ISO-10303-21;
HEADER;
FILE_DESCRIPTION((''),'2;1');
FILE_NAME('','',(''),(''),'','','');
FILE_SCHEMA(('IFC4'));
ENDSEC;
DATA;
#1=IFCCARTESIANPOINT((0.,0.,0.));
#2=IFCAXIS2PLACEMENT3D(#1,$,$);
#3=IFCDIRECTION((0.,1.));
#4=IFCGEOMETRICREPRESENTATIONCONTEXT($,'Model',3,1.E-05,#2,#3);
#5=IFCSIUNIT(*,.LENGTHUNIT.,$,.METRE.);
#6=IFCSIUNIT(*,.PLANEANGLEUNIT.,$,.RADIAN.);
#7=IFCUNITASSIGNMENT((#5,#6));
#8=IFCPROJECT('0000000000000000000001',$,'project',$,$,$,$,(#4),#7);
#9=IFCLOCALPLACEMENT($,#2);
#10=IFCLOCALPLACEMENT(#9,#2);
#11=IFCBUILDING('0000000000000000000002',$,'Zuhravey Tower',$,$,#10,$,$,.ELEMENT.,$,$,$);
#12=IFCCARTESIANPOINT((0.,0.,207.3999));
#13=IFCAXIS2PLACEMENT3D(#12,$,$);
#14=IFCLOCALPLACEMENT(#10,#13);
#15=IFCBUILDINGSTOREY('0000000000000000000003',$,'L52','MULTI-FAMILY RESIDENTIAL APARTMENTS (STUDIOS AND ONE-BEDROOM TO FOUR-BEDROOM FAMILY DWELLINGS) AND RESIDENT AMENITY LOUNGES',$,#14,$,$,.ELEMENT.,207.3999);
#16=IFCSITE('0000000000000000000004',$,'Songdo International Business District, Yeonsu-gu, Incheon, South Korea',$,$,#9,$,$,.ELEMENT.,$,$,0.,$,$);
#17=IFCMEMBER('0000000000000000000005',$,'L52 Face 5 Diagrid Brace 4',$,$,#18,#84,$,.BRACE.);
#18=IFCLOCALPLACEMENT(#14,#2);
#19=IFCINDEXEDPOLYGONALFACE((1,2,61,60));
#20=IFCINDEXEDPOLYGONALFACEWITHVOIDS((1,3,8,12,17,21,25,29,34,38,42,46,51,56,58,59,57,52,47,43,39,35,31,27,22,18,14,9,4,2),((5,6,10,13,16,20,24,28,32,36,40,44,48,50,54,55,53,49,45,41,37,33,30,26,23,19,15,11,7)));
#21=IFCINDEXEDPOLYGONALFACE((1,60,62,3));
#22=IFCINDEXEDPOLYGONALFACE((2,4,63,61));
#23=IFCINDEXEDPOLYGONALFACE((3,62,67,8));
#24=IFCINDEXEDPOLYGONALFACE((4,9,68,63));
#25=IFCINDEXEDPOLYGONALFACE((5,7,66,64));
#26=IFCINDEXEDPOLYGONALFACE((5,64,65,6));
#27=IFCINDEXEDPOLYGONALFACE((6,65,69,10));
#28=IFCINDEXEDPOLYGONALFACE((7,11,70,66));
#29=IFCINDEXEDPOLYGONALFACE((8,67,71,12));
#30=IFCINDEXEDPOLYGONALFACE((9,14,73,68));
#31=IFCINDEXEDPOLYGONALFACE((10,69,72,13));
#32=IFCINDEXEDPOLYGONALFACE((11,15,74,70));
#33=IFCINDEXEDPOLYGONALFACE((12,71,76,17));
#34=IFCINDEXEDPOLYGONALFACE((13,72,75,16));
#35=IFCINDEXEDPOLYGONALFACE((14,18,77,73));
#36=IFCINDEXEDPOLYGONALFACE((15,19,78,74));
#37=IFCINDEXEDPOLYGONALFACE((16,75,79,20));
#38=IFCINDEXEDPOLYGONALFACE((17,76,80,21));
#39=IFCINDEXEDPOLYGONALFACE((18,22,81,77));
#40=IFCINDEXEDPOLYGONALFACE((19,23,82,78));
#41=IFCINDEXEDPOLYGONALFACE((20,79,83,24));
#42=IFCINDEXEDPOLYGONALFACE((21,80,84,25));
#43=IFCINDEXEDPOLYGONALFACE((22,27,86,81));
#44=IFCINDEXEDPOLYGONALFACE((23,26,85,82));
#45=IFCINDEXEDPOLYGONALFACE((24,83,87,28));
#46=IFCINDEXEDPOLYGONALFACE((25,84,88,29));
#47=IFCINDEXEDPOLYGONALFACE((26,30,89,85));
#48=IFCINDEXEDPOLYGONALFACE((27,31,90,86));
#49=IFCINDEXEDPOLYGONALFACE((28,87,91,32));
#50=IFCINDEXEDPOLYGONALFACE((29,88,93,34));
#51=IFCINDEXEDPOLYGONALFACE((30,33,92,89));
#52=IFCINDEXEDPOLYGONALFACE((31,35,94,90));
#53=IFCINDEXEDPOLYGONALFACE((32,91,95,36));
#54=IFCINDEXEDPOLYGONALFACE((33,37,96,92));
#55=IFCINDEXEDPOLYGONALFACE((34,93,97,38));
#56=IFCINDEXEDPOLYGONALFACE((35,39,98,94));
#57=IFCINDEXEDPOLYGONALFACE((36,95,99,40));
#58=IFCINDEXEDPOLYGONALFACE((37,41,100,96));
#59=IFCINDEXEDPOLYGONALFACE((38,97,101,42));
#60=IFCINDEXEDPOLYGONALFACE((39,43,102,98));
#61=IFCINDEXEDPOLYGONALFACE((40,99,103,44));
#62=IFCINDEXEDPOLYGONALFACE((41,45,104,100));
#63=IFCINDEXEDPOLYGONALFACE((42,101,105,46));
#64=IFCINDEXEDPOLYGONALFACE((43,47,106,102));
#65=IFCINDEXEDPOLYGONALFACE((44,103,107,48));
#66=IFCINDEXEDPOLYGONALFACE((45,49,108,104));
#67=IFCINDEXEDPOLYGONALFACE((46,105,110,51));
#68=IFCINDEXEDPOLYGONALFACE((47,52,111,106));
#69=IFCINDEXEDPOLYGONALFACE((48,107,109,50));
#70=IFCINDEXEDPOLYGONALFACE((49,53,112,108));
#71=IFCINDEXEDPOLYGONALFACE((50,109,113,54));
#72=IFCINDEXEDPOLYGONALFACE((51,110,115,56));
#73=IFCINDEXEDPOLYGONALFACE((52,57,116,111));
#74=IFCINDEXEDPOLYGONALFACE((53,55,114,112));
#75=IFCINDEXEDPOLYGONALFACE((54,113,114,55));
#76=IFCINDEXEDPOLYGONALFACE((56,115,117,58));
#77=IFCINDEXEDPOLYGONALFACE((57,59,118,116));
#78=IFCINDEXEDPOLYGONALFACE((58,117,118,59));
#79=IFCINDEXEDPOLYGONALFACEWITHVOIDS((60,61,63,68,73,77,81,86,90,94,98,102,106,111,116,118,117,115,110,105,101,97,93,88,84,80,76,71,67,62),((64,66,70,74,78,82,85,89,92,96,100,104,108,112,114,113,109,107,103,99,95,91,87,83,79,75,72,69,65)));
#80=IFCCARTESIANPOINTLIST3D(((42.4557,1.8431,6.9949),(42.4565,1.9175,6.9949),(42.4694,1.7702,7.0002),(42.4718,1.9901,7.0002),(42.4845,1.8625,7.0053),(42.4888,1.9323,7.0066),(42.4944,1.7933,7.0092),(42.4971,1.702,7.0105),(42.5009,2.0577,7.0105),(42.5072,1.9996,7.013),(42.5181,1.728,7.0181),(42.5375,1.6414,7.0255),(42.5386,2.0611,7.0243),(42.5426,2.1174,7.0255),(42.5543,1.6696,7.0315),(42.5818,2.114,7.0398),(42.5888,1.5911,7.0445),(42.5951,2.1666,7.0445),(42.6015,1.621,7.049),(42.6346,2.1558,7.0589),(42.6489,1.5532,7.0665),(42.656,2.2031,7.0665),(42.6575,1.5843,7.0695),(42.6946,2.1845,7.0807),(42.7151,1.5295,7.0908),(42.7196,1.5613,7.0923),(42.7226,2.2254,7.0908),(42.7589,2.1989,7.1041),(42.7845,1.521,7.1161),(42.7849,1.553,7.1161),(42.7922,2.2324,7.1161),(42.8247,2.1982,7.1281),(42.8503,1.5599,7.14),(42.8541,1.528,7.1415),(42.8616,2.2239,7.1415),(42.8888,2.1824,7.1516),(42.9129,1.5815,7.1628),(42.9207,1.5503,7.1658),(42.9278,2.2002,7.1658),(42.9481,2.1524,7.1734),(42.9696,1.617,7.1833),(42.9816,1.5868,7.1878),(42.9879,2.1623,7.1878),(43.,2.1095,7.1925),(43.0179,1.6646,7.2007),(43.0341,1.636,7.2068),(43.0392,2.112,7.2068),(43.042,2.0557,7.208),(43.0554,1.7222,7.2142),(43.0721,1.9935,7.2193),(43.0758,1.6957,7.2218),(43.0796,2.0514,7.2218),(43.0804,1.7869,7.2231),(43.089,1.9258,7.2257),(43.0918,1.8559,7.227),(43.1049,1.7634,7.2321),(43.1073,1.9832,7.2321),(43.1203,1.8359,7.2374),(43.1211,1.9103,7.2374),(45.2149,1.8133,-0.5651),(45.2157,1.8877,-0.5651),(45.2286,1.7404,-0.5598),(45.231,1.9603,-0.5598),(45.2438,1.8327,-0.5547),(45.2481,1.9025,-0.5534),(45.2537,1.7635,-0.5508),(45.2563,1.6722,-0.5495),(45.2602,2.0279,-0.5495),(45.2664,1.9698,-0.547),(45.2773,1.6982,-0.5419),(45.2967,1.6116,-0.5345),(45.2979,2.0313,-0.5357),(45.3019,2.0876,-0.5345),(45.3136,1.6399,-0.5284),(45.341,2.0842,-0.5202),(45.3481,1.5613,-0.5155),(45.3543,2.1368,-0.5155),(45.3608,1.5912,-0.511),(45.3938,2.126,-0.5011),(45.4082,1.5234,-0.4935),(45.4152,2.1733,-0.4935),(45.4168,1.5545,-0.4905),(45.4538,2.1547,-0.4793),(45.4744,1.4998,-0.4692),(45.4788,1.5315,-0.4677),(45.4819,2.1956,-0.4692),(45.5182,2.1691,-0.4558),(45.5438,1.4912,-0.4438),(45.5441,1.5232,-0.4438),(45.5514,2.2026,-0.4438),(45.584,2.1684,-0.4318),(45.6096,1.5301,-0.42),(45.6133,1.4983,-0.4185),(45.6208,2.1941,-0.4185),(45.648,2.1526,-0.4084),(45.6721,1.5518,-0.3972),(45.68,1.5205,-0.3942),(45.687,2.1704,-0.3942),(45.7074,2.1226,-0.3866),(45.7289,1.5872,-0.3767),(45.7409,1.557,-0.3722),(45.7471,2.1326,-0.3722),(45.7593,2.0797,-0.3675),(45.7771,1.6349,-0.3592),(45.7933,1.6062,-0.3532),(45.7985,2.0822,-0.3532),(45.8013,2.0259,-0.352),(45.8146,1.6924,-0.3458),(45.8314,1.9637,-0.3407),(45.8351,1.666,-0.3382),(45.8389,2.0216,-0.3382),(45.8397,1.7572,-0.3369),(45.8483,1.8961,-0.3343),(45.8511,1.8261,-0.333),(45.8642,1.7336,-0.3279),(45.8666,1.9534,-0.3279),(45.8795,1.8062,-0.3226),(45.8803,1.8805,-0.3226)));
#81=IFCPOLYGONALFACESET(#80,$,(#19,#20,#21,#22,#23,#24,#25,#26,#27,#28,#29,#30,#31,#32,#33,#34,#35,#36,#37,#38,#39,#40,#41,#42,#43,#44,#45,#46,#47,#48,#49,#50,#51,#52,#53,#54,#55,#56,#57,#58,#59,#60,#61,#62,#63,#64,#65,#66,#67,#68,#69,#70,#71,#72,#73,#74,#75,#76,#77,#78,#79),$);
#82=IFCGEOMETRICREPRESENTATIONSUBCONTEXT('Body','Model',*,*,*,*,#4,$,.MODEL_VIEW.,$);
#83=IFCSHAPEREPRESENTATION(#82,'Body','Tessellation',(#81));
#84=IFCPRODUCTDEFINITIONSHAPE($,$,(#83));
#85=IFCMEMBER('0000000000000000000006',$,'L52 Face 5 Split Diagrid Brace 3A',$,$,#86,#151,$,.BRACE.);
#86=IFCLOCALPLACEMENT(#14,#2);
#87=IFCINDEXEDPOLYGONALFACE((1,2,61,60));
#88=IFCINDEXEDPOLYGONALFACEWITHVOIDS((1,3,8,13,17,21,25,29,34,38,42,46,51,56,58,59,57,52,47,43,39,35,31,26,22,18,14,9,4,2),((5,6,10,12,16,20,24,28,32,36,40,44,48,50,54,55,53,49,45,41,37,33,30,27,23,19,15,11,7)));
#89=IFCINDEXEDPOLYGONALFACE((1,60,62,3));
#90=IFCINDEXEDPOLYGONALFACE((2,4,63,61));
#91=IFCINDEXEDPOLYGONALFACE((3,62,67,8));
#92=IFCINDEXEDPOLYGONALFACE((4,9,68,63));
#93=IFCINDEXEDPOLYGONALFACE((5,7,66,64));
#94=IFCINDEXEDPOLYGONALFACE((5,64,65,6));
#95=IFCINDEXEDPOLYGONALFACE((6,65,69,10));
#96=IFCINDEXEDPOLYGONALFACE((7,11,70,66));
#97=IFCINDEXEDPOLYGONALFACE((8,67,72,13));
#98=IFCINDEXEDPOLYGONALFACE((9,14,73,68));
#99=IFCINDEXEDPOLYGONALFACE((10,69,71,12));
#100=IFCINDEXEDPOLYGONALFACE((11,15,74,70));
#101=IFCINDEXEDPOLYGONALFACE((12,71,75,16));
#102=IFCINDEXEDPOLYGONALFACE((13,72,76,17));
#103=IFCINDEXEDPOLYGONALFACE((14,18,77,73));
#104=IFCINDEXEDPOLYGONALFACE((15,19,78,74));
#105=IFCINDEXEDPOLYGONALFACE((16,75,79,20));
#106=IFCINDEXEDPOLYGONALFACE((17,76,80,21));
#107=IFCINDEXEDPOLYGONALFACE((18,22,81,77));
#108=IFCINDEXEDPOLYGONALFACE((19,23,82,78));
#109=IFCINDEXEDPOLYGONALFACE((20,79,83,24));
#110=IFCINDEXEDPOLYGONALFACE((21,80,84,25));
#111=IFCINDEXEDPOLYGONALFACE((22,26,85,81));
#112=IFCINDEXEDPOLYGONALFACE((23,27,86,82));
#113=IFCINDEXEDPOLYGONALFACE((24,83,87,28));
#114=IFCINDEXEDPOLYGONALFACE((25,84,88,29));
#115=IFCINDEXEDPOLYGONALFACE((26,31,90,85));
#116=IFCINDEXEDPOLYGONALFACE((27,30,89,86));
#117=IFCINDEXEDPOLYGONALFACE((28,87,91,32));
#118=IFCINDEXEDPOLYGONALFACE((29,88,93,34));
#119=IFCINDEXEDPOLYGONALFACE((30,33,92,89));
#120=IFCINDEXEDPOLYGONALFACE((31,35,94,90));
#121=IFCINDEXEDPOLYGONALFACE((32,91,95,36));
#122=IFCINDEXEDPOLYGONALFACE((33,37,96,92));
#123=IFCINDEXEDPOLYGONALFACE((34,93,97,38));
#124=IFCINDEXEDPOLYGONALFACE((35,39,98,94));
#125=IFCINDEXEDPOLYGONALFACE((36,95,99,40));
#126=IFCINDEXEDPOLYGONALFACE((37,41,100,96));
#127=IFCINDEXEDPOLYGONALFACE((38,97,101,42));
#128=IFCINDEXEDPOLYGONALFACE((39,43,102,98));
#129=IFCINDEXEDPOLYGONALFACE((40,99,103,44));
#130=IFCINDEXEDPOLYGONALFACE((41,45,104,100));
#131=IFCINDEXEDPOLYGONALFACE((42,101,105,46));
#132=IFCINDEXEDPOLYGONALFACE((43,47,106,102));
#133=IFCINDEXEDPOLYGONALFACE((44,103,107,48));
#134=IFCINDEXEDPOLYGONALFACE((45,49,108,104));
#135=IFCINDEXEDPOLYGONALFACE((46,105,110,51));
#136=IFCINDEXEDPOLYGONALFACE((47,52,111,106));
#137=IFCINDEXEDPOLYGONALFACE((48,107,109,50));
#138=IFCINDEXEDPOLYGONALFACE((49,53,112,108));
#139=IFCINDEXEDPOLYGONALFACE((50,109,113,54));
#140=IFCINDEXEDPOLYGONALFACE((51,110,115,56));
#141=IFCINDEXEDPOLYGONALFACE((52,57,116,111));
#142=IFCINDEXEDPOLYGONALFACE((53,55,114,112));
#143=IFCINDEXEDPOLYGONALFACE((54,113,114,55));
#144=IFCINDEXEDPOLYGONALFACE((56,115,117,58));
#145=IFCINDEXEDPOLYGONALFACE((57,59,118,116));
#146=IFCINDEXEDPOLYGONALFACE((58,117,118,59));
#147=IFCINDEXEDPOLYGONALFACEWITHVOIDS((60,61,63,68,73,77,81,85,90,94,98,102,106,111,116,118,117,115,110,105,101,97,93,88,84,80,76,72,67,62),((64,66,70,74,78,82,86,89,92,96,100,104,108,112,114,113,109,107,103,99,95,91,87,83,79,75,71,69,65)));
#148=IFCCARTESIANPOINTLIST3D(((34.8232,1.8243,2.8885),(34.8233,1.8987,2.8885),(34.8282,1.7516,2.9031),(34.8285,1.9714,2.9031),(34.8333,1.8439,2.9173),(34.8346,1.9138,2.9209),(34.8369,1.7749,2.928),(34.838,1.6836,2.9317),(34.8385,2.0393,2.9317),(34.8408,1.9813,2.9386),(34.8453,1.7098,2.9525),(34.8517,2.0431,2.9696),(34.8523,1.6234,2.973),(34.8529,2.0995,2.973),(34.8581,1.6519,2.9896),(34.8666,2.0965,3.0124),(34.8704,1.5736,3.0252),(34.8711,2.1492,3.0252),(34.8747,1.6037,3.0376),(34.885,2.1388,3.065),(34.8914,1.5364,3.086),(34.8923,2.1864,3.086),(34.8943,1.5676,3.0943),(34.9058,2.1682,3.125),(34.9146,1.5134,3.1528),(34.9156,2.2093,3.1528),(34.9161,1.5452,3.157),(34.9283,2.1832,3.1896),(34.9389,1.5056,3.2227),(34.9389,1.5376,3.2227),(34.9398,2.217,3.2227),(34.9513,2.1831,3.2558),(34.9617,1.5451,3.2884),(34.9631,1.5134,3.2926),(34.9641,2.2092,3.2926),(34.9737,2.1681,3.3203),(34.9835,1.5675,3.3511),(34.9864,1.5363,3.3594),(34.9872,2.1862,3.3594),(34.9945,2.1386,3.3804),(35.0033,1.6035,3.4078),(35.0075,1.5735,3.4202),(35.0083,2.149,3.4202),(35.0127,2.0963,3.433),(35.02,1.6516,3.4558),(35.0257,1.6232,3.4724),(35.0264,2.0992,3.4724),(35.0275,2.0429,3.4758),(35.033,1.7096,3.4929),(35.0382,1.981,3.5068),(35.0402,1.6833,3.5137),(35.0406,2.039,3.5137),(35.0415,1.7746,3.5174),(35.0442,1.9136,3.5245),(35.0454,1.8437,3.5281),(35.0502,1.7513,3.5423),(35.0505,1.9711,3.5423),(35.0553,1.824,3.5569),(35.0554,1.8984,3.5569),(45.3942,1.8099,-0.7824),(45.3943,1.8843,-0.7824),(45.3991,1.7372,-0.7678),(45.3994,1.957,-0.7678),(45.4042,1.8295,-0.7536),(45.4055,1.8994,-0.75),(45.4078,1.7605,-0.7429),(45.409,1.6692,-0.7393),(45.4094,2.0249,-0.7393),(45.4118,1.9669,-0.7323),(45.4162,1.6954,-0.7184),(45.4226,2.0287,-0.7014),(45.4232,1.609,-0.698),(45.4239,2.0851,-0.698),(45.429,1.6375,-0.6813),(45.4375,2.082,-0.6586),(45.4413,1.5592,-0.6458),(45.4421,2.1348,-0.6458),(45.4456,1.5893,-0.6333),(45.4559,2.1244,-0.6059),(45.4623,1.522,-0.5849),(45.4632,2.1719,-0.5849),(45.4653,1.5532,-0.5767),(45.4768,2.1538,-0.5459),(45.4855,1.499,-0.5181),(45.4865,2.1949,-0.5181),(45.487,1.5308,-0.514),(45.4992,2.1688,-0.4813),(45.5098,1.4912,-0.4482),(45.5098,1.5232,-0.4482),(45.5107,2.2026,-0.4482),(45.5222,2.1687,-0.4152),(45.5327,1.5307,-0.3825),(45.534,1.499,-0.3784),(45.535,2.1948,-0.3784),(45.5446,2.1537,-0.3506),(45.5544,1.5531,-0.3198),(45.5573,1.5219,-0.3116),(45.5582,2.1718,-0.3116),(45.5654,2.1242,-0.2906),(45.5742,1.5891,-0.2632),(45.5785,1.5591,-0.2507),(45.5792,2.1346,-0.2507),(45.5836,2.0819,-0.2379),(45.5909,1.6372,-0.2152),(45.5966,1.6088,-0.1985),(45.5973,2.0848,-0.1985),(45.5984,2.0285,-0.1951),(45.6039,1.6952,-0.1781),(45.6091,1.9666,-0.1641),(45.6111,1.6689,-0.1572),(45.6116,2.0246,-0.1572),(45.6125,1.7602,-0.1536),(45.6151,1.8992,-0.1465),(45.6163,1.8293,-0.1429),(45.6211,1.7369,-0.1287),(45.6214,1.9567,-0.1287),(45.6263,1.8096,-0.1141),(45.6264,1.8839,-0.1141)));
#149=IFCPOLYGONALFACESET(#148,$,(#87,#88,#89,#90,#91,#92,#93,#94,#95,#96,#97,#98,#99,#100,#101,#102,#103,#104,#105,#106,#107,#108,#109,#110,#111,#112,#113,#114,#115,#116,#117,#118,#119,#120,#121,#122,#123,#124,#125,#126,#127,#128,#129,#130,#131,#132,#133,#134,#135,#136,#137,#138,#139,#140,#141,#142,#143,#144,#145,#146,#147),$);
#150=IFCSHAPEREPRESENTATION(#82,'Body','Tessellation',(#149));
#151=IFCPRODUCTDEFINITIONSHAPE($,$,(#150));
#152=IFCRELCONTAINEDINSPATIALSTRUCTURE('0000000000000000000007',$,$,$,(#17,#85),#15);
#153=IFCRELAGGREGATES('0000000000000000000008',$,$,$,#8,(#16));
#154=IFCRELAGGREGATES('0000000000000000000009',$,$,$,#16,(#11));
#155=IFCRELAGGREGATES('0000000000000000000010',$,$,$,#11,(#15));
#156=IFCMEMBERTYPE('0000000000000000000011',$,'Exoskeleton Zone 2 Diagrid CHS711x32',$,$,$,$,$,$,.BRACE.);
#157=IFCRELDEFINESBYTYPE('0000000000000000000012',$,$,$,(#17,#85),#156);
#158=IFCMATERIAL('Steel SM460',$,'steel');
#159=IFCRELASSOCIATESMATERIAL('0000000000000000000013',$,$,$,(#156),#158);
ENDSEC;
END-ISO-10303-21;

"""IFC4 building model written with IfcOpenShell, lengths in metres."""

from ifc_helpers import new_model, si_unit, direction, frame, origin, origin_2d, place, context, subcontext, project, spatial, hollow_circle, extrude, material, material_profile, profile_set, type_object, element, save


model = new_model("IFC4")

# Units and contexts
model_context = context("Model", 3, precision=1e-05, world=origin(), true_north=direction((0.0, 1.0)))
body_context = subcontext(model_context, "Body", "Model", "MODEL_VIEW")
ifc_project = project(units=[si_unit("LENGTHUNIT", "METRE"), si_unit("PLANEANGLEUNIT", "RADIAN")], contexts=[model_context])

# Site, building, storey
site_placement = place(None, origin())
site = spatial("IfcSite", under=ifc_project, at=site_placement, Name="Songdo International Business District, Yeonsu-gu, Incheon, South Korea", CompositionType="ELEMENT", RefElevation=0.0)
building_placement = place(site_placement, origin())
building = spatial("IfcBuilding", under=site, at=building_placement, Name="Zuhravey Tower", CompositionType="ELEMENT")
storey_placement = place(building_placement, frame((0.0, 0.0, 207.3999)))
storey = spatial("IfcBuildingStorey", under=building, at=storey_placement, Name="L52", Description="MULTI-FAMILY RESIDENTIAL APARTMENTS (STUDIOS AND ONE-BEDROOM TO FOUR-BEDROOM FAMILY DWELLINGS) AND RESIDENT AMENITY LOUNGES", CompositionType="ELEMENT", Elevation=207.3999)

# Members
ifc_material_1 = material(Name="Steel SM460", Category="steel")
ifc_material_profile_1 = material_profile(ifc_material_1, hollow_circle(Radius=0.3557, WallThickness=0.032, at=origin_2d()), Name="CHS-711.2x32")
ifc_profile_set_1 = profile_set([ifc_material_profile_1], Name="Steel SM460")
member_type_1 = type_object("IfcMemberType", Name="Exoskeleton Zone 2 Diagrid CHS711x32", PredefinedType="BRACE", material=ifc_profile_set_1)
member_1_placement = place(storey_placement, frame((45.5476, 1.8469, -0.4438), z_axis=(-0.342856, 0.003701, 0.939381), x_axis=(-0.010794, -0.999942, 0.0)))
element("IfcMember", 1, at=member_1_placement, inside=storey, type_object=member_type_1, Name="L52 Face 5 Diagrid Brace 4", PredefinedType="BRACE", context=body_context, shape_type="SweptSolid", body=[
    extrude(hollow_circle(Radius=0.3557, WallThickness=0.032, at=origin_2d()), origin(), (0.0, 0.0, 1.0), 8.0479),
])
member_2_placement = place(storey_placement, frame((45.5103, 1.8469, -0.4482), z_axis=(-0.94466, 0.001287, 0.32805), x_axis=(-0.001363, -0.999999, 0.0)))
element("IfcMember", 2, at=member_2_placement, inside=storey, type_object=member_type_1, Name="L52 Face 5 Split Diagrid Brace 3A", PredefinedType="BRACE", context=body_context, shape_type="SweptSolid", body=[
    extrude(hollow_circle(Radius=0.3557, WallThickness=0.032, at=origin_2d()), origin(), (0.0, 0.0, 1.0), 11.1902),
])

save(model, "model.ifc")
